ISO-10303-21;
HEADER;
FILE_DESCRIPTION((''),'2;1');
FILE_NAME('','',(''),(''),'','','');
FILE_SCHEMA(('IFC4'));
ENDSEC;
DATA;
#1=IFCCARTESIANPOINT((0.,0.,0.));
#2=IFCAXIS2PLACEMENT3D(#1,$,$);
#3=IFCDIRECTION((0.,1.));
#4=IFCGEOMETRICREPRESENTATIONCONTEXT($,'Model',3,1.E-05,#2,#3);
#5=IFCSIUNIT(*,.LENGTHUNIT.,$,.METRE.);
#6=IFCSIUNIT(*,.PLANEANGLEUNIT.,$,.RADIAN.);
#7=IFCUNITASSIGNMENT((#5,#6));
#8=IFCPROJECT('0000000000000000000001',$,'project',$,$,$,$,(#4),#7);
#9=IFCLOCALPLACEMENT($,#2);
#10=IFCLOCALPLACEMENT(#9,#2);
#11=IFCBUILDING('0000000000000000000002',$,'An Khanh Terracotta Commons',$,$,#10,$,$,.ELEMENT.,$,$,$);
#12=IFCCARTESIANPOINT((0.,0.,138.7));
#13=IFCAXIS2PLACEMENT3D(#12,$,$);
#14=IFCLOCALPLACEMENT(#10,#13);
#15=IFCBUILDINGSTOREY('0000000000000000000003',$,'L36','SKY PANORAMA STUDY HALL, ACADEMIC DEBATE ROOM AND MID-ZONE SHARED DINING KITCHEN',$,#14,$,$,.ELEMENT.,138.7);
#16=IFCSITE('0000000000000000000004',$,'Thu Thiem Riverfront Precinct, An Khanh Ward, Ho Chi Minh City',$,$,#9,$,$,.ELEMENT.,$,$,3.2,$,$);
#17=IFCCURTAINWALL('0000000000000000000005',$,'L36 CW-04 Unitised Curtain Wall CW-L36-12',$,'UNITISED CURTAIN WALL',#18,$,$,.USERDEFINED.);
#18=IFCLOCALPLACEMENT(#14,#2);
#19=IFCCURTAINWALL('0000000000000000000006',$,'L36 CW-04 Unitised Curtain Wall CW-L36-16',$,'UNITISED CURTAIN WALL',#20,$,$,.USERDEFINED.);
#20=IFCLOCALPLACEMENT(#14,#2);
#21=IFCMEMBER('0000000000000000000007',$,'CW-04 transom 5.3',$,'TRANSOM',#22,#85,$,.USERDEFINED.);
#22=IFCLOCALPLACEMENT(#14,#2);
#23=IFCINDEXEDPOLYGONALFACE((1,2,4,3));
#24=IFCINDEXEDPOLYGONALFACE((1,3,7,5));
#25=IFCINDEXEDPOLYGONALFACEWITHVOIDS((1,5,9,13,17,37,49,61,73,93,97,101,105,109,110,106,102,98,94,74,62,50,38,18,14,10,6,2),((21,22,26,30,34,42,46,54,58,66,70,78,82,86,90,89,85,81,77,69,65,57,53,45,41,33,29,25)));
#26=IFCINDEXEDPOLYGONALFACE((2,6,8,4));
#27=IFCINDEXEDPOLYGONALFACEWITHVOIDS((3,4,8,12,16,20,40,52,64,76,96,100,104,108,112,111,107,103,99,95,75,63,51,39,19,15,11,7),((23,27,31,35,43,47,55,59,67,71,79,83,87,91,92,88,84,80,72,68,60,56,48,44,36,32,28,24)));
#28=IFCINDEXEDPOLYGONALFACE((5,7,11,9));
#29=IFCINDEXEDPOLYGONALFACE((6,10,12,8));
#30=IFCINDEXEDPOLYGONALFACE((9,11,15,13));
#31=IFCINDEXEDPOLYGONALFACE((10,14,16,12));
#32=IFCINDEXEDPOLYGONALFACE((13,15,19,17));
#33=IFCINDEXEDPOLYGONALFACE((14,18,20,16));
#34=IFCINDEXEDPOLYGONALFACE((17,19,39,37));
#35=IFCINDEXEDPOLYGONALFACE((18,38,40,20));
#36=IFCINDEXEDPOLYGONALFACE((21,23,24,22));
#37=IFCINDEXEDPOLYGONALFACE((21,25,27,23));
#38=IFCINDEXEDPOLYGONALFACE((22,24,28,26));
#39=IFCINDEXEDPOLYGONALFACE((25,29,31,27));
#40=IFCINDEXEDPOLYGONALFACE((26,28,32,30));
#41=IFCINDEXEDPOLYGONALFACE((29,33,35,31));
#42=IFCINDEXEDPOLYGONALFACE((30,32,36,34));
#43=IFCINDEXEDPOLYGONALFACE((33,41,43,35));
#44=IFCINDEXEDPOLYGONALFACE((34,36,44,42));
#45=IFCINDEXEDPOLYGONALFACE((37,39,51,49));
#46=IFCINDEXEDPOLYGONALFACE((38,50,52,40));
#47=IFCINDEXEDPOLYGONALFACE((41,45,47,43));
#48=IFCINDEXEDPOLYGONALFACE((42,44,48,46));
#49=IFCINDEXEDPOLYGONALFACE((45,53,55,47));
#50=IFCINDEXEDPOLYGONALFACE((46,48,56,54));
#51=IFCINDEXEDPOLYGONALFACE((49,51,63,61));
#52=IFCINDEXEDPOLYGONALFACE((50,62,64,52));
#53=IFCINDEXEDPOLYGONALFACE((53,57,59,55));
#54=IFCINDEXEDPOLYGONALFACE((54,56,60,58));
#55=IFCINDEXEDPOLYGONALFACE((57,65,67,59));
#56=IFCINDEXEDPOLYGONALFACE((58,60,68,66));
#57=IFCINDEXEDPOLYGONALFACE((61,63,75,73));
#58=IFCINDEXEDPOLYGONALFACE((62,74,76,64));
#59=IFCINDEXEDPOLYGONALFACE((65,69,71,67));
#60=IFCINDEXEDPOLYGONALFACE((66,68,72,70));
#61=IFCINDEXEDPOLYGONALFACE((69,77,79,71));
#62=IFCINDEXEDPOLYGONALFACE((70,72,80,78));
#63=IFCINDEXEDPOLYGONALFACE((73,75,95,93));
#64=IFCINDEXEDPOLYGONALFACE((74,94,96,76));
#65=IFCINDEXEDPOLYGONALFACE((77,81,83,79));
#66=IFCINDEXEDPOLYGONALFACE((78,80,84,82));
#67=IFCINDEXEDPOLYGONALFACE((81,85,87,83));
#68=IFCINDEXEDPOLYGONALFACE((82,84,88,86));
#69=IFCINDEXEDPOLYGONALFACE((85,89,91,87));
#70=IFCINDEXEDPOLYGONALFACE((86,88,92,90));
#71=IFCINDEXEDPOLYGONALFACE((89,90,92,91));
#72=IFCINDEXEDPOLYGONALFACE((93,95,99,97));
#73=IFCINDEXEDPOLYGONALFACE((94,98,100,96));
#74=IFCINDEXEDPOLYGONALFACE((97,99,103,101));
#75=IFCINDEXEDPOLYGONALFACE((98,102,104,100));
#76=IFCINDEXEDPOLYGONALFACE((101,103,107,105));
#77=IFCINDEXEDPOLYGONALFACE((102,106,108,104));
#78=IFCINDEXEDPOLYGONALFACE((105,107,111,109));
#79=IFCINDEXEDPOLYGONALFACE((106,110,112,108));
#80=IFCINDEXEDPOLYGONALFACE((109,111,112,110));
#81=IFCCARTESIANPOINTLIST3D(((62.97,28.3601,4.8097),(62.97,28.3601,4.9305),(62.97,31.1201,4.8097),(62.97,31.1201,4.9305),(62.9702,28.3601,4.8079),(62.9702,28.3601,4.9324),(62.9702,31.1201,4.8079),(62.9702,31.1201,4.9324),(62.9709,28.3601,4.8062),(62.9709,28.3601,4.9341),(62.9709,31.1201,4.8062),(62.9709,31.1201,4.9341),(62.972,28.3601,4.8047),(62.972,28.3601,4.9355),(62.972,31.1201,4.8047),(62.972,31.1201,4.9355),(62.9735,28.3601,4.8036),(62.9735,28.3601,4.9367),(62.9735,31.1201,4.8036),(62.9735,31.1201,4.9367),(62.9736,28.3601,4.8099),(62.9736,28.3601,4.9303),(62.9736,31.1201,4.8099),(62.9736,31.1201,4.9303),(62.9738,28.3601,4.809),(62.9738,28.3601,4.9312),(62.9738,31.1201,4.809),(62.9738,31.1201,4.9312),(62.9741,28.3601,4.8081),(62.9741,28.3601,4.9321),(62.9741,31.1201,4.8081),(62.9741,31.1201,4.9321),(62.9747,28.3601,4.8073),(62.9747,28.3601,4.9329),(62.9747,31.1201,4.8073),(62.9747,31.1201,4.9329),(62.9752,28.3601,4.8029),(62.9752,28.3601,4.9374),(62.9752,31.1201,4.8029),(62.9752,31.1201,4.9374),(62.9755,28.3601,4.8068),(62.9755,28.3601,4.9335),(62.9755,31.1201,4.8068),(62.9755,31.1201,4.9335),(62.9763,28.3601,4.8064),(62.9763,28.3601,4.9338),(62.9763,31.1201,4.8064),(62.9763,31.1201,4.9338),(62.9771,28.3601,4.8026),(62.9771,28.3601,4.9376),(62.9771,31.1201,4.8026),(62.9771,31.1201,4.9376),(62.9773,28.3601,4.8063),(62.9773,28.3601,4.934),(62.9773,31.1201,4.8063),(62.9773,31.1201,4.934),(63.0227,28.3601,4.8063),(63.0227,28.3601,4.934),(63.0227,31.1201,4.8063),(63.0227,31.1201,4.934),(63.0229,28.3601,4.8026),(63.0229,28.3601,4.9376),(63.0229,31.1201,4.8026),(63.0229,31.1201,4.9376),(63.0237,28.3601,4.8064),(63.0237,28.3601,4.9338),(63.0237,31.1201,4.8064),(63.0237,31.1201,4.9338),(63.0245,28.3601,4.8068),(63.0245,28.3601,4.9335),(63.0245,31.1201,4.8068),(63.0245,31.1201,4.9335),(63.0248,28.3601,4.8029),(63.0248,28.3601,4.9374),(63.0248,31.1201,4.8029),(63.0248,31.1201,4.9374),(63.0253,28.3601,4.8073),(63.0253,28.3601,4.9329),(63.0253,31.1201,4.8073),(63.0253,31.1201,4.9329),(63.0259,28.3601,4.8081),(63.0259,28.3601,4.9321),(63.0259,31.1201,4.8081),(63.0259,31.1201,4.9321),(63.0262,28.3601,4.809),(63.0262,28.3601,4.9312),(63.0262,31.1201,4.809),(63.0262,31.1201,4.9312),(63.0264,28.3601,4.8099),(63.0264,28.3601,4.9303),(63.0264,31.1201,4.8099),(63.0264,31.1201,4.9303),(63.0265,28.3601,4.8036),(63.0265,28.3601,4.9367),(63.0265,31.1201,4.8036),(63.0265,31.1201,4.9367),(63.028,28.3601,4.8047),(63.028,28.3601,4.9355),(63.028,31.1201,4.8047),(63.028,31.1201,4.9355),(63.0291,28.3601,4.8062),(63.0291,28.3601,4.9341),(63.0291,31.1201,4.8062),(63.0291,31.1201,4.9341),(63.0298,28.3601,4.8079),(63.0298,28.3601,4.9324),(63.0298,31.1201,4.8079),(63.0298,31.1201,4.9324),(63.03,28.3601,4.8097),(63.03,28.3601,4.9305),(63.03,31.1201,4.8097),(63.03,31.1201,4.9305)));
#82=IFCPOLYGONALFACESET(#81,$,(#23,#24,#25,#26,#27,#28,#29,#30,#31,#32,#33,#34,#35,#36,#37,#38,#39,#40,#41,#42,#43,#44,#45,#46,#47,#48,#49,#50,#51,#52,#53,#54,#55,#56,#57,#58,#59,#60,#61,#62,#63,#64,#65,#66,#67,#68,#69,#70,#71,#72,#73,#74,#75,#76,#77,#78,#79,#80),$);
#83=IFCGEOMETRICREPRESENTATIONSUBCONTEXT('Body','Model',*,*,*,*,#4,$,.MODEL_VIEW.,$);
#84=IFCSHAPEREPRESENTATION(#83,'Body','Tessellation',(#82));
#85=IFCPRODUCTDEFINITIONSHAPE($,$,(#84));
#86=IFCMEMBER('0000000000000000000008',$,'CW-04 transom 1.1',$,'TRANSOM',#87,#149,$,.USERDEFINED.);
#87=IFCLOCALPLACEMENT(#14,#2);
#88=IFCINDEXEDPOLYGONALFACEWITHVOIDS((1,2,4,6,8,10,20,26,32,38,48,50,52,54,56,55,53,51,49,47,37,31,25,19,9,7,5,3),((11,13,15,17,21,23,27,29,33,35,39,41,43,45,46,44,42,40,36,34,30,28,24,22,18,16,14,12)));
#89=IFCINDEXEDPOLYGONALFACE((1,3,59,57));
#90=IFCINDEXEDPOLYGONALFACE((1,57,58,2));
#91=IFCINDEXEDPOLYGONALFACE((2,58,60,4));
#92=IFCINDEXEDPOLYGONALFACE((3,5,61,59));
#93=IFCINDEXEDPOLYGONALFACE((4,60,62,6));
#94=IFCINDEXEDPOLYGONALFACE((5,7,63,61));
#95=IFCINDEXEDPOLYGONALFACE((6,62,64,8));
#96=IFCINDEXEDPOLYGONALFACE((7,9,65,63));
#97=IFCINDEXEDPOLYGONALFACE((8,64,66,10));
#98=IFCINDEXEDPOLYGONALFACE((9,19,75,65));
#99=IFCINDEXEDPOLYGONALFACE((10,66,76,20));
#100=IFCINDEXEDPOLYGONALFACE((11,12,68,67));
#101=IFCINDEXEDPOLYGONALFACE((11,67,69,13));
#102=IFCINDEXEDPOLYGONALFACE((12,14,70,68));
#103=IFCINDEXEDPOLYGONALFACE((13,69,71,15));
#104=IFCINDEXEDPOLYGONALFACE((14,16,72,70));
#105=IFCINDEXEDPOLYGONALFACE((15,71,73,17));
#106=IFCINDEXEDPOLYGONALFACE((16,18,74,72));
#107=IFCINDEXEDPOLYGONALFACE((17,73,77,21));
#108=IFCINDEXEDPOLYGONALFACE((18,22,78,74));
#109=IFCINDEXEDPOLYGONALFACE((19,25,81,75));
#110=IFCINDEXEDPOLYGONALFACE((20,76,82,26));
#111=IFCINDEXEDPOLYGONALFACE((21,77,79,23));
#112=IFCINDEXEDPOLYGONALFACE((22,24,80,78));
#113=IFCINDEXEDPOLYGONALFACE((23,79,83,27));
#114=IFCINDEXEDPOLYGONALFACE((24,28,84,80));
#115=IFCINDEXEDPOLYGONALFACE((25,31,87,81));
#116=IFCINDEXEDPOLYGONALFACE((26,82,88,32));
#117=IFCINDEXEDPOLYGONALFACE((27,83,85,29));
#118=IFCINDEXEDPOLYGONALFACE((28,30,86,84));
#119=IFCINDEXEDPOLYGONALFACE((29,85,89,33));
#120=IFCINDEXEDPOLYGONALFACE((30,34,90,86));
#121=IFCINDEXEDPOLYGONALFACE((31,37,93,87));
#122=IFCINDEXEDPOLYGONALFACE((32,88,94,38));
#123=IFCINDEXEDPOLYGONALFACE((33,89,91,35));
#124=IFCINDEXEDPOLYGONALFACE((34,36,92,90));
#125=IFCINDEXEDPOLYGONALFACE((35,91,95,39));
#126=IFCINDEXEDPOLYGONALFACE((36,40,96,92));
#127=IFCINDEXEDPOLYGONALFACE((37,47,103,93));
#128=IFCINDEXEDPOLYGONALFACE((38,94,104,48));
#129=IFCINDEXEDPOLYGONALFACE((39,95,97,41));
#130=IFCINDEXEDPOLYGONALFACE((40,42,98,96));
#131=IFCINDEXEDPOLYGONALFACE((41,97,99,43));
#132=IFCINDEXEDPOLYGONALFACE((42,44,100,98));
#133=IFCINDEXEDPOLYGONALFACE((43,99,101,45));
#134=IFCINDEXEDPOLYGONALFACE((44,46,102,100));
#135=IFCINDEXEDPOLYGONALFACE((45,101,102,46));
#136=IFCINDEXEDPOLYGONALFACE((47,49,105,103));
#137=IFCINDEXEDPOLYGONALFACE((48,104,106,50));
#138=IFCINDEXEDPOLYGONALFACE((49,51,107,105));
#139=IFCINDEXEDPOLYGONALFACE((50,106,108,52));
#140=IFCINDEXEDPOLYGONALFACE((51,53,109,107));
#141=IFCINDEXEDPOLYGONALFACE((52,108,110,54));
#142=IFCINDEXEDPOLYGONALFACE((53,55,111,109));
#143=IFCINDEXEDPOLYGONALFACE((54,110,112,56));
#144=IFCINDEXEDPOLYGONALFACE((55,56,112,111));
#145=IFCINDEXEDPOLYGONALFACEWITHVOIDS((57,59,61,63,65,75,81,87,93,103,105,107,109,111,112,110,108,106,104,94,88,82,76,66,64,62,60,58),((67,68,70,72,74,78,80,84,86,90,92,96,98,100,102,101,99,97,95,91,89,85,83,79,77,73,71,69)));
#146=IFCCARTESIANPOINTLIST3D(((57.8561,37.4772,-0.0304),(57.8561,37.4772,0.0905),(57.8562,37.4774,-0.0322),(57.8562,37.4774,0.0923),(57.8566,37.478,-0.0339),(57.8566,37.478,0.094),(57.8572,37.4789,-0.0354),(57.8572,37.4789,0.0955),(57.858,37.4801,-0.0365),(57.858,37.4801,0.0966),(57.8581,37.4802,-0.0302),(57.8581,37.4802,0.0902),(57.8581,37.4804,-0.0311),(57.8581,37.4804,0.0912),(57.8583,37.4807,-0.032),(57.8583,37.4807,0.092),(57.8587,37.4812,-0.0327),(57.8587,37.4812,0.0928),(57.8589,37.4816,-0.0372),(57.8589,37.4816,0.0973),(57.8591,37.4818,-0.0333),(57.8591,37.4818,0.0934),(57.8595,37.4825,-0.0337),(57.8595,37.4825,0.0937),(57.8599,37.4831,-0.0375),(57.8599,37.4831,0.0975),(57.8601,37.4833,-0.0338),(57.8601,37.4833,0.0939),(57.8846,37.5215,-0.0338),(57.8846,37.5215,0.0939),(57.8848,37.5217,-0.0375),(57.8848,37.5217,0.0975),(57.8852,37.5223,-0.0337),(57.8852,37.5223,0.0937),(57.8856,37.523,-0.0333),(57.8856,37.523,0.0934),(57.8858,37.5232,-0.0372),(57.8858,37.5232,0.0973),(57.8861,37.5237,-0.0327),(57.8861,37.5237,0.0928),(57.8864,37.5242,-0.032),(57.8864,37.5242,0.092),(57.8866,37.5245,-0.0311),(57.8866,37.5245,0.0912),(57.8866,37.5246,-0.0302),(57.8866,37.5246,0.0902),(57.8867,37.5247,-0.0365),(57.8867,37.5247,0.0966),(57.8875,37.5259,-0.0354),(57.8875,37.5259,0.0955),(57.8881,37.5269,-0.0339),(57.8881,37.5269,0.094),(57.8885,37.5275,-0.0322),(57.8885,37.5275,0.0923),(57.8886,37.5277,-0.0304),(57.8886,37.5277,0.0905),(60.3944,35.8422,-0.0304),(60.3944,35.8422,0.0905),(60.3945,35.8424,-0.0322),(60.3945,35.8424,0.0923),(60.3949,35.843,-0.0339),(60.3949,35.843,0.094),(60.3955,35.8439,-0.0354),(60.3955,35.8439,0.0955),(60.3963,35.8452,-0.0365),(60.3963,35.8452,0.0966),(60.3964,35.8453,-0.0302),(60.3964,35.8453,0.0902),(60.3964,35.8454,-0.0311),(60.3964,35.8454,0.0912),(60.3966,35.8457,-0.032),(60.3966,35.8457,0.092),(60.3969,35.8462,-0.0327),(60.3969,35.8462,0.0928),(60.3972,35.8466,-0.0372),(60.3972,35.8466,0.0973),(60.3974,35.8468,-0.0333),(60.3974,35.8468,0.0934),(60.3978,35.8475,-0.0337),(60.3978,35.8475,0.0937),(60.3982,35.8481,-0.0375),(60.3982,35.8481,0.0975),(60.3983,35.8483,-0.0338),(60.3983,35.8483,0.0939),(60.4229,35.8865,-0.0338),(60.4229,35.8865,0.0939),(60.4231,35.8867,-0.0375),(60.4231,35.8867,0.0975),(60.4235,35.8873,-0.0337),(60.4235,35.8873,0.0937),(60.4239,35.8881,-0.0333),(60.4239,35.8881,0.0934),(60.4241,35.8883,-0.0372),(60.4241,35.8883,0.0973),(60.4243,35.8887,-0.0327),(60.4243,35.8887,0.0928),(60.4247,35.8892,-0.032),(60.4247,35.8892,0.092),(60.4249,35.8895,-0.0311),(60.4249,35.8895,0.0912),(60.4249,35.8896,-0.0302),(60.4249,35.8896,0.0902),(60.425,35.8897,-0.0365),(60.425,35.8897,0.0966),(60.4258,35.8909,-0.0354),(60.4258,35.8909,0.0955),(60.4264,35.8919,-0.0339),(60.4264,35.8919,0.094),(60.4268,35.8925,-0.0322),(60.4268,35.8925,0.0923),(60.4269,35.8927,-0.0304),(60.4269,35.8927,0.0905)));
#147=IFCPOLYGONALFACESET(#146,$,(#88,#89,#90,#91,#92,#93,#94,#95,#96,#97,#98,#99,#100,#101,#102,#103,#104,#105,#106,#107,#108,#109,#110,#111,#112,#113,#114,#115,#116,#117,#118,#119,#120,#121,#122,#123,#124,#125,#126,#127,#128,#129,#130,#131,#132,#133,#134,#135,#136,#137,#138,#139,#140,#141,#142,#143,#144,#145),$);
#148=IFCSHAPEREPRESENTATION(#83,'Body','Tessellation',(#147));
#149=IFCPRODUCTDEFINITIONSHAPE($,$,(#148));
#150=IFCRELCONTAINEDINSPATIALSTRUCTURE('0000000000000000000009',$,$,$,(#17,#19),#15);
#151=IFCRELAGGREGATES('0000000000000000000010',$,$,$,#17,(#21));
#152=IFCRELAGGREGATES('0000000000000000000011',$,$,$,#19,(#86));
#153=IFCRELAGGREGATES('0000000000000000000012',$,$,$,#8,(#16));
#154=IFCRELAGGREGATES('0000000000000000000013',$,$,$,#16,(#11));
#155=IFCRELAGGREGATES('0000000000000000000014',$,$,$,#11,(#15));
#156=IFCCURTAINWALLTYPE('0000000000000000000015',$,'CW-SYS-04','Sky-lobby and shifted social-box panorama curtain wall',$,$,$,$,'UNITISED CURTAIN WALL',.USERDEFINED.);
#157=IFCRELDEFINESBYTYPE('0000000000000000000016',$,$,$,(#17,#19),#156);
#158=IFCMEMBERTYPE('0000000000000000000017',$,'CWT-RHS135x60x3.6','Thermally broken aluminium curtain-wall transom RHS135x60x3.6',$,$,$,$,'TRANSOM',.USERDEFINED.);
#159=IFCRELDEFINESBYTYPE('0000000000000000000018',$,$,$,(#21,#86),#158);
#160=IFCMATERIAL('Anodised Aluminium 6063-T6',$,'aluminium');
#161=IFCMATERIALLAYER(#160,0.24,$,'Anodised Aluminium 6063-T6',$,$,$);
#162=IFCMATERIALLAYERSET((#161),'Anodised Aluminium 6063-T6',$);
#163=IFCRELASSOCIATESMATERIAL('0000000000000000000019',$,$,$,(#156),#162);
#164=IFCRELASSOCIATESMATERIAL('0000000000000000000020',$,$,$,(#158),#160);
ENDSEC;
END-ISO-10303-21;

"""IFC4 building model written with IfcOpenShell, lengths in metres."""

from ifc_helpers import new_model, si_unit, direction, frame, origin, origin_2d, place, context, subcontext, project, spatial, hollow_rectangle, extrude, material, layer, layer_set, material_profile, profile_set, type_object, element, aggregate, save


model = new_model("IFC4")

# Units and contexts
model_context = context("Model", 3, precision=1e-05, world=origin(), true_north=direction((0.0, 1.0)))
body_context = subcontext(model_context, "Body", "Model", "MODEL_VIEW")
ifc_project = project(units=[si_unit("LENGTHUNIT", "METRE"), si_unit("PLANEANGLEUNIT", "RADIAN")], contexts=[model_context])

# Site, building, storey
site_placement = place(None, origin())
site = spatial("IfcSite", under=ifc_project, at=site_placement, Name="Thu Thiem Riverfront Precinct, An Khanh Ward, Ho Chi Minh City", CompositionType="ELEMENT", RefElevation=3.2)
building_placement = place(site_placement, origin())
building = spatial("IfcBuilding", under=site, at=building_placement, Name="An Khanh Terracotta Commons", CompositionType="ELEMENT")
storey_placement = place(building_placement, frame((0.0, 0.0, 138.7)))
storey = spatial("IfcBuildingStorey", under=building, at=storey_placement, Name="L36", Description="SKY PANORAMA STUDY HALL, ACADEMIC DEBATE ROOM AND MID-ZONE SHARED DINING KITCHEN", CompositionType="ELEMENT", Elevation=138.7)

# Curtain walls
ifc_material_1 = material(Name="Anodised Aluminium 6063-T6", Category="aluminium")
ifc_layer_1 = layer(ifc_material_1, 0.24, Name="Anodised Aluminium 6063-T6")
ifc_layer_set_1 = layer_set([ifc_layer_1], Name="Anodised Aluminium 6063-T6")
curtain_wall_type = type_object("IfcCurtainWallType", Name="CW-SYS-04", Description="Sky-lobby and shifted social-box panorama curtain wall", ElementType="UNITISED CURTAIN WALL", PredefinedType="USERDEFINED", material=ifc_layer_set_1)
curtain_wall_1_placement = place(storey_placement, origin())
curtain_wall_1 = element("IfcCurtainWall", 1, at=curtain_wall_1_placement, inside=storey, type_object=curtain_wall_type, Name="L36 CW-04 Unitised Curtain Wall CW-L36-12", ObjectType="UNITISED CURTAIN WALL", PredefinedType="USERDEFINED")
curtain_wall_2_placement = place(storey_placement, origin())
curtain_wall_2 = element("IfcCurtainWall", 2, at=curtain_wall_2_placement, inside=storey, type_object=curtain_wall_type, Name="L36 CW-04 Unitised Curtain Wall CW-L36-16", ObjectType="UNITISED CURTAIN WALL", PredefinedType="USERDEFINED")

# Members
ifc_material_profile_1 = material_profile(ifc_material_1, hollow_rectangle(XDim=0.0601, YDim=0.135, WallThickness=0.0037, InnerFilletRadius=0.0037, OuterFilletRadius=0.0071, at=origin_2d()), Name="RHS135x60x3.6")
ifc_profile_set_1 = profile_set([ifc_material_profile_1], Name="Anodised Aluminium 6063-T6")
member_type_1 = type_object("IfcMemberType", Name="CWT-RHS135x60x3.6", Description="Thermally broken aluminium curtain-wall transom RHS135x60x3.6", ElementType="TRANSOM", PredefinedType="USERDEFINED", material=ifc_profile_set_1)
member_1_placement = place(storey_placement, frame((63.0, 28.3601, 4.8701), z_axis=(0.0, 1.0, 0.0), x_axis=(-1.0, 0.0, 0.0)))
member_1 = element("IfcMember", 3, at=member_1_placement, type_object=member_type_1, Name="CW-04 transom 5.3", ObjectType="TRANSOM", PredefinedType="USERDEFINED", context=body_context, shape_type="SweptSolid", body=[
    extrude(hollow_rectangle(XDim=0.0601, YDim=0.135, WallThickness=0.0037, InnerFilletRadius=0.0037, OuterFilletRadius=0.0071, at=origin_2d()), origin(), (0.0, 0.0, 1.0), 2.76),
])
member_2_placement = place(storey_placement, frame((60.4106, 35.8674, 0.03), z_axis=(-0.840692, 0.541513, 0.0), x_axis=(-0.541513, -0.840692, 0.0)))
member_2 = element("IfcMember", 4, at=member_2_placement, type_object=member_type_1, Name="CW-04 transom 1.1", ObjectType="TRANSOM", PredefinedType="USERDEFINED", context=body_context, shape_type="SweptSolid", body=[
    extrude(hollow_rectangle(XDim=0.0601, YDim=0.135, WallThickness=0.0037, InnerFilletRadius=0.0037, OuterFilletRadius=0.0071, at=origin_2d()), origin(), (0.0, 0.0, 1.0), 3.0193),
])

aggregate(curtain_wall_1, [member_1])
aggregate(curtain_wall_2, [member_2])

save(model, "model.ifc")
